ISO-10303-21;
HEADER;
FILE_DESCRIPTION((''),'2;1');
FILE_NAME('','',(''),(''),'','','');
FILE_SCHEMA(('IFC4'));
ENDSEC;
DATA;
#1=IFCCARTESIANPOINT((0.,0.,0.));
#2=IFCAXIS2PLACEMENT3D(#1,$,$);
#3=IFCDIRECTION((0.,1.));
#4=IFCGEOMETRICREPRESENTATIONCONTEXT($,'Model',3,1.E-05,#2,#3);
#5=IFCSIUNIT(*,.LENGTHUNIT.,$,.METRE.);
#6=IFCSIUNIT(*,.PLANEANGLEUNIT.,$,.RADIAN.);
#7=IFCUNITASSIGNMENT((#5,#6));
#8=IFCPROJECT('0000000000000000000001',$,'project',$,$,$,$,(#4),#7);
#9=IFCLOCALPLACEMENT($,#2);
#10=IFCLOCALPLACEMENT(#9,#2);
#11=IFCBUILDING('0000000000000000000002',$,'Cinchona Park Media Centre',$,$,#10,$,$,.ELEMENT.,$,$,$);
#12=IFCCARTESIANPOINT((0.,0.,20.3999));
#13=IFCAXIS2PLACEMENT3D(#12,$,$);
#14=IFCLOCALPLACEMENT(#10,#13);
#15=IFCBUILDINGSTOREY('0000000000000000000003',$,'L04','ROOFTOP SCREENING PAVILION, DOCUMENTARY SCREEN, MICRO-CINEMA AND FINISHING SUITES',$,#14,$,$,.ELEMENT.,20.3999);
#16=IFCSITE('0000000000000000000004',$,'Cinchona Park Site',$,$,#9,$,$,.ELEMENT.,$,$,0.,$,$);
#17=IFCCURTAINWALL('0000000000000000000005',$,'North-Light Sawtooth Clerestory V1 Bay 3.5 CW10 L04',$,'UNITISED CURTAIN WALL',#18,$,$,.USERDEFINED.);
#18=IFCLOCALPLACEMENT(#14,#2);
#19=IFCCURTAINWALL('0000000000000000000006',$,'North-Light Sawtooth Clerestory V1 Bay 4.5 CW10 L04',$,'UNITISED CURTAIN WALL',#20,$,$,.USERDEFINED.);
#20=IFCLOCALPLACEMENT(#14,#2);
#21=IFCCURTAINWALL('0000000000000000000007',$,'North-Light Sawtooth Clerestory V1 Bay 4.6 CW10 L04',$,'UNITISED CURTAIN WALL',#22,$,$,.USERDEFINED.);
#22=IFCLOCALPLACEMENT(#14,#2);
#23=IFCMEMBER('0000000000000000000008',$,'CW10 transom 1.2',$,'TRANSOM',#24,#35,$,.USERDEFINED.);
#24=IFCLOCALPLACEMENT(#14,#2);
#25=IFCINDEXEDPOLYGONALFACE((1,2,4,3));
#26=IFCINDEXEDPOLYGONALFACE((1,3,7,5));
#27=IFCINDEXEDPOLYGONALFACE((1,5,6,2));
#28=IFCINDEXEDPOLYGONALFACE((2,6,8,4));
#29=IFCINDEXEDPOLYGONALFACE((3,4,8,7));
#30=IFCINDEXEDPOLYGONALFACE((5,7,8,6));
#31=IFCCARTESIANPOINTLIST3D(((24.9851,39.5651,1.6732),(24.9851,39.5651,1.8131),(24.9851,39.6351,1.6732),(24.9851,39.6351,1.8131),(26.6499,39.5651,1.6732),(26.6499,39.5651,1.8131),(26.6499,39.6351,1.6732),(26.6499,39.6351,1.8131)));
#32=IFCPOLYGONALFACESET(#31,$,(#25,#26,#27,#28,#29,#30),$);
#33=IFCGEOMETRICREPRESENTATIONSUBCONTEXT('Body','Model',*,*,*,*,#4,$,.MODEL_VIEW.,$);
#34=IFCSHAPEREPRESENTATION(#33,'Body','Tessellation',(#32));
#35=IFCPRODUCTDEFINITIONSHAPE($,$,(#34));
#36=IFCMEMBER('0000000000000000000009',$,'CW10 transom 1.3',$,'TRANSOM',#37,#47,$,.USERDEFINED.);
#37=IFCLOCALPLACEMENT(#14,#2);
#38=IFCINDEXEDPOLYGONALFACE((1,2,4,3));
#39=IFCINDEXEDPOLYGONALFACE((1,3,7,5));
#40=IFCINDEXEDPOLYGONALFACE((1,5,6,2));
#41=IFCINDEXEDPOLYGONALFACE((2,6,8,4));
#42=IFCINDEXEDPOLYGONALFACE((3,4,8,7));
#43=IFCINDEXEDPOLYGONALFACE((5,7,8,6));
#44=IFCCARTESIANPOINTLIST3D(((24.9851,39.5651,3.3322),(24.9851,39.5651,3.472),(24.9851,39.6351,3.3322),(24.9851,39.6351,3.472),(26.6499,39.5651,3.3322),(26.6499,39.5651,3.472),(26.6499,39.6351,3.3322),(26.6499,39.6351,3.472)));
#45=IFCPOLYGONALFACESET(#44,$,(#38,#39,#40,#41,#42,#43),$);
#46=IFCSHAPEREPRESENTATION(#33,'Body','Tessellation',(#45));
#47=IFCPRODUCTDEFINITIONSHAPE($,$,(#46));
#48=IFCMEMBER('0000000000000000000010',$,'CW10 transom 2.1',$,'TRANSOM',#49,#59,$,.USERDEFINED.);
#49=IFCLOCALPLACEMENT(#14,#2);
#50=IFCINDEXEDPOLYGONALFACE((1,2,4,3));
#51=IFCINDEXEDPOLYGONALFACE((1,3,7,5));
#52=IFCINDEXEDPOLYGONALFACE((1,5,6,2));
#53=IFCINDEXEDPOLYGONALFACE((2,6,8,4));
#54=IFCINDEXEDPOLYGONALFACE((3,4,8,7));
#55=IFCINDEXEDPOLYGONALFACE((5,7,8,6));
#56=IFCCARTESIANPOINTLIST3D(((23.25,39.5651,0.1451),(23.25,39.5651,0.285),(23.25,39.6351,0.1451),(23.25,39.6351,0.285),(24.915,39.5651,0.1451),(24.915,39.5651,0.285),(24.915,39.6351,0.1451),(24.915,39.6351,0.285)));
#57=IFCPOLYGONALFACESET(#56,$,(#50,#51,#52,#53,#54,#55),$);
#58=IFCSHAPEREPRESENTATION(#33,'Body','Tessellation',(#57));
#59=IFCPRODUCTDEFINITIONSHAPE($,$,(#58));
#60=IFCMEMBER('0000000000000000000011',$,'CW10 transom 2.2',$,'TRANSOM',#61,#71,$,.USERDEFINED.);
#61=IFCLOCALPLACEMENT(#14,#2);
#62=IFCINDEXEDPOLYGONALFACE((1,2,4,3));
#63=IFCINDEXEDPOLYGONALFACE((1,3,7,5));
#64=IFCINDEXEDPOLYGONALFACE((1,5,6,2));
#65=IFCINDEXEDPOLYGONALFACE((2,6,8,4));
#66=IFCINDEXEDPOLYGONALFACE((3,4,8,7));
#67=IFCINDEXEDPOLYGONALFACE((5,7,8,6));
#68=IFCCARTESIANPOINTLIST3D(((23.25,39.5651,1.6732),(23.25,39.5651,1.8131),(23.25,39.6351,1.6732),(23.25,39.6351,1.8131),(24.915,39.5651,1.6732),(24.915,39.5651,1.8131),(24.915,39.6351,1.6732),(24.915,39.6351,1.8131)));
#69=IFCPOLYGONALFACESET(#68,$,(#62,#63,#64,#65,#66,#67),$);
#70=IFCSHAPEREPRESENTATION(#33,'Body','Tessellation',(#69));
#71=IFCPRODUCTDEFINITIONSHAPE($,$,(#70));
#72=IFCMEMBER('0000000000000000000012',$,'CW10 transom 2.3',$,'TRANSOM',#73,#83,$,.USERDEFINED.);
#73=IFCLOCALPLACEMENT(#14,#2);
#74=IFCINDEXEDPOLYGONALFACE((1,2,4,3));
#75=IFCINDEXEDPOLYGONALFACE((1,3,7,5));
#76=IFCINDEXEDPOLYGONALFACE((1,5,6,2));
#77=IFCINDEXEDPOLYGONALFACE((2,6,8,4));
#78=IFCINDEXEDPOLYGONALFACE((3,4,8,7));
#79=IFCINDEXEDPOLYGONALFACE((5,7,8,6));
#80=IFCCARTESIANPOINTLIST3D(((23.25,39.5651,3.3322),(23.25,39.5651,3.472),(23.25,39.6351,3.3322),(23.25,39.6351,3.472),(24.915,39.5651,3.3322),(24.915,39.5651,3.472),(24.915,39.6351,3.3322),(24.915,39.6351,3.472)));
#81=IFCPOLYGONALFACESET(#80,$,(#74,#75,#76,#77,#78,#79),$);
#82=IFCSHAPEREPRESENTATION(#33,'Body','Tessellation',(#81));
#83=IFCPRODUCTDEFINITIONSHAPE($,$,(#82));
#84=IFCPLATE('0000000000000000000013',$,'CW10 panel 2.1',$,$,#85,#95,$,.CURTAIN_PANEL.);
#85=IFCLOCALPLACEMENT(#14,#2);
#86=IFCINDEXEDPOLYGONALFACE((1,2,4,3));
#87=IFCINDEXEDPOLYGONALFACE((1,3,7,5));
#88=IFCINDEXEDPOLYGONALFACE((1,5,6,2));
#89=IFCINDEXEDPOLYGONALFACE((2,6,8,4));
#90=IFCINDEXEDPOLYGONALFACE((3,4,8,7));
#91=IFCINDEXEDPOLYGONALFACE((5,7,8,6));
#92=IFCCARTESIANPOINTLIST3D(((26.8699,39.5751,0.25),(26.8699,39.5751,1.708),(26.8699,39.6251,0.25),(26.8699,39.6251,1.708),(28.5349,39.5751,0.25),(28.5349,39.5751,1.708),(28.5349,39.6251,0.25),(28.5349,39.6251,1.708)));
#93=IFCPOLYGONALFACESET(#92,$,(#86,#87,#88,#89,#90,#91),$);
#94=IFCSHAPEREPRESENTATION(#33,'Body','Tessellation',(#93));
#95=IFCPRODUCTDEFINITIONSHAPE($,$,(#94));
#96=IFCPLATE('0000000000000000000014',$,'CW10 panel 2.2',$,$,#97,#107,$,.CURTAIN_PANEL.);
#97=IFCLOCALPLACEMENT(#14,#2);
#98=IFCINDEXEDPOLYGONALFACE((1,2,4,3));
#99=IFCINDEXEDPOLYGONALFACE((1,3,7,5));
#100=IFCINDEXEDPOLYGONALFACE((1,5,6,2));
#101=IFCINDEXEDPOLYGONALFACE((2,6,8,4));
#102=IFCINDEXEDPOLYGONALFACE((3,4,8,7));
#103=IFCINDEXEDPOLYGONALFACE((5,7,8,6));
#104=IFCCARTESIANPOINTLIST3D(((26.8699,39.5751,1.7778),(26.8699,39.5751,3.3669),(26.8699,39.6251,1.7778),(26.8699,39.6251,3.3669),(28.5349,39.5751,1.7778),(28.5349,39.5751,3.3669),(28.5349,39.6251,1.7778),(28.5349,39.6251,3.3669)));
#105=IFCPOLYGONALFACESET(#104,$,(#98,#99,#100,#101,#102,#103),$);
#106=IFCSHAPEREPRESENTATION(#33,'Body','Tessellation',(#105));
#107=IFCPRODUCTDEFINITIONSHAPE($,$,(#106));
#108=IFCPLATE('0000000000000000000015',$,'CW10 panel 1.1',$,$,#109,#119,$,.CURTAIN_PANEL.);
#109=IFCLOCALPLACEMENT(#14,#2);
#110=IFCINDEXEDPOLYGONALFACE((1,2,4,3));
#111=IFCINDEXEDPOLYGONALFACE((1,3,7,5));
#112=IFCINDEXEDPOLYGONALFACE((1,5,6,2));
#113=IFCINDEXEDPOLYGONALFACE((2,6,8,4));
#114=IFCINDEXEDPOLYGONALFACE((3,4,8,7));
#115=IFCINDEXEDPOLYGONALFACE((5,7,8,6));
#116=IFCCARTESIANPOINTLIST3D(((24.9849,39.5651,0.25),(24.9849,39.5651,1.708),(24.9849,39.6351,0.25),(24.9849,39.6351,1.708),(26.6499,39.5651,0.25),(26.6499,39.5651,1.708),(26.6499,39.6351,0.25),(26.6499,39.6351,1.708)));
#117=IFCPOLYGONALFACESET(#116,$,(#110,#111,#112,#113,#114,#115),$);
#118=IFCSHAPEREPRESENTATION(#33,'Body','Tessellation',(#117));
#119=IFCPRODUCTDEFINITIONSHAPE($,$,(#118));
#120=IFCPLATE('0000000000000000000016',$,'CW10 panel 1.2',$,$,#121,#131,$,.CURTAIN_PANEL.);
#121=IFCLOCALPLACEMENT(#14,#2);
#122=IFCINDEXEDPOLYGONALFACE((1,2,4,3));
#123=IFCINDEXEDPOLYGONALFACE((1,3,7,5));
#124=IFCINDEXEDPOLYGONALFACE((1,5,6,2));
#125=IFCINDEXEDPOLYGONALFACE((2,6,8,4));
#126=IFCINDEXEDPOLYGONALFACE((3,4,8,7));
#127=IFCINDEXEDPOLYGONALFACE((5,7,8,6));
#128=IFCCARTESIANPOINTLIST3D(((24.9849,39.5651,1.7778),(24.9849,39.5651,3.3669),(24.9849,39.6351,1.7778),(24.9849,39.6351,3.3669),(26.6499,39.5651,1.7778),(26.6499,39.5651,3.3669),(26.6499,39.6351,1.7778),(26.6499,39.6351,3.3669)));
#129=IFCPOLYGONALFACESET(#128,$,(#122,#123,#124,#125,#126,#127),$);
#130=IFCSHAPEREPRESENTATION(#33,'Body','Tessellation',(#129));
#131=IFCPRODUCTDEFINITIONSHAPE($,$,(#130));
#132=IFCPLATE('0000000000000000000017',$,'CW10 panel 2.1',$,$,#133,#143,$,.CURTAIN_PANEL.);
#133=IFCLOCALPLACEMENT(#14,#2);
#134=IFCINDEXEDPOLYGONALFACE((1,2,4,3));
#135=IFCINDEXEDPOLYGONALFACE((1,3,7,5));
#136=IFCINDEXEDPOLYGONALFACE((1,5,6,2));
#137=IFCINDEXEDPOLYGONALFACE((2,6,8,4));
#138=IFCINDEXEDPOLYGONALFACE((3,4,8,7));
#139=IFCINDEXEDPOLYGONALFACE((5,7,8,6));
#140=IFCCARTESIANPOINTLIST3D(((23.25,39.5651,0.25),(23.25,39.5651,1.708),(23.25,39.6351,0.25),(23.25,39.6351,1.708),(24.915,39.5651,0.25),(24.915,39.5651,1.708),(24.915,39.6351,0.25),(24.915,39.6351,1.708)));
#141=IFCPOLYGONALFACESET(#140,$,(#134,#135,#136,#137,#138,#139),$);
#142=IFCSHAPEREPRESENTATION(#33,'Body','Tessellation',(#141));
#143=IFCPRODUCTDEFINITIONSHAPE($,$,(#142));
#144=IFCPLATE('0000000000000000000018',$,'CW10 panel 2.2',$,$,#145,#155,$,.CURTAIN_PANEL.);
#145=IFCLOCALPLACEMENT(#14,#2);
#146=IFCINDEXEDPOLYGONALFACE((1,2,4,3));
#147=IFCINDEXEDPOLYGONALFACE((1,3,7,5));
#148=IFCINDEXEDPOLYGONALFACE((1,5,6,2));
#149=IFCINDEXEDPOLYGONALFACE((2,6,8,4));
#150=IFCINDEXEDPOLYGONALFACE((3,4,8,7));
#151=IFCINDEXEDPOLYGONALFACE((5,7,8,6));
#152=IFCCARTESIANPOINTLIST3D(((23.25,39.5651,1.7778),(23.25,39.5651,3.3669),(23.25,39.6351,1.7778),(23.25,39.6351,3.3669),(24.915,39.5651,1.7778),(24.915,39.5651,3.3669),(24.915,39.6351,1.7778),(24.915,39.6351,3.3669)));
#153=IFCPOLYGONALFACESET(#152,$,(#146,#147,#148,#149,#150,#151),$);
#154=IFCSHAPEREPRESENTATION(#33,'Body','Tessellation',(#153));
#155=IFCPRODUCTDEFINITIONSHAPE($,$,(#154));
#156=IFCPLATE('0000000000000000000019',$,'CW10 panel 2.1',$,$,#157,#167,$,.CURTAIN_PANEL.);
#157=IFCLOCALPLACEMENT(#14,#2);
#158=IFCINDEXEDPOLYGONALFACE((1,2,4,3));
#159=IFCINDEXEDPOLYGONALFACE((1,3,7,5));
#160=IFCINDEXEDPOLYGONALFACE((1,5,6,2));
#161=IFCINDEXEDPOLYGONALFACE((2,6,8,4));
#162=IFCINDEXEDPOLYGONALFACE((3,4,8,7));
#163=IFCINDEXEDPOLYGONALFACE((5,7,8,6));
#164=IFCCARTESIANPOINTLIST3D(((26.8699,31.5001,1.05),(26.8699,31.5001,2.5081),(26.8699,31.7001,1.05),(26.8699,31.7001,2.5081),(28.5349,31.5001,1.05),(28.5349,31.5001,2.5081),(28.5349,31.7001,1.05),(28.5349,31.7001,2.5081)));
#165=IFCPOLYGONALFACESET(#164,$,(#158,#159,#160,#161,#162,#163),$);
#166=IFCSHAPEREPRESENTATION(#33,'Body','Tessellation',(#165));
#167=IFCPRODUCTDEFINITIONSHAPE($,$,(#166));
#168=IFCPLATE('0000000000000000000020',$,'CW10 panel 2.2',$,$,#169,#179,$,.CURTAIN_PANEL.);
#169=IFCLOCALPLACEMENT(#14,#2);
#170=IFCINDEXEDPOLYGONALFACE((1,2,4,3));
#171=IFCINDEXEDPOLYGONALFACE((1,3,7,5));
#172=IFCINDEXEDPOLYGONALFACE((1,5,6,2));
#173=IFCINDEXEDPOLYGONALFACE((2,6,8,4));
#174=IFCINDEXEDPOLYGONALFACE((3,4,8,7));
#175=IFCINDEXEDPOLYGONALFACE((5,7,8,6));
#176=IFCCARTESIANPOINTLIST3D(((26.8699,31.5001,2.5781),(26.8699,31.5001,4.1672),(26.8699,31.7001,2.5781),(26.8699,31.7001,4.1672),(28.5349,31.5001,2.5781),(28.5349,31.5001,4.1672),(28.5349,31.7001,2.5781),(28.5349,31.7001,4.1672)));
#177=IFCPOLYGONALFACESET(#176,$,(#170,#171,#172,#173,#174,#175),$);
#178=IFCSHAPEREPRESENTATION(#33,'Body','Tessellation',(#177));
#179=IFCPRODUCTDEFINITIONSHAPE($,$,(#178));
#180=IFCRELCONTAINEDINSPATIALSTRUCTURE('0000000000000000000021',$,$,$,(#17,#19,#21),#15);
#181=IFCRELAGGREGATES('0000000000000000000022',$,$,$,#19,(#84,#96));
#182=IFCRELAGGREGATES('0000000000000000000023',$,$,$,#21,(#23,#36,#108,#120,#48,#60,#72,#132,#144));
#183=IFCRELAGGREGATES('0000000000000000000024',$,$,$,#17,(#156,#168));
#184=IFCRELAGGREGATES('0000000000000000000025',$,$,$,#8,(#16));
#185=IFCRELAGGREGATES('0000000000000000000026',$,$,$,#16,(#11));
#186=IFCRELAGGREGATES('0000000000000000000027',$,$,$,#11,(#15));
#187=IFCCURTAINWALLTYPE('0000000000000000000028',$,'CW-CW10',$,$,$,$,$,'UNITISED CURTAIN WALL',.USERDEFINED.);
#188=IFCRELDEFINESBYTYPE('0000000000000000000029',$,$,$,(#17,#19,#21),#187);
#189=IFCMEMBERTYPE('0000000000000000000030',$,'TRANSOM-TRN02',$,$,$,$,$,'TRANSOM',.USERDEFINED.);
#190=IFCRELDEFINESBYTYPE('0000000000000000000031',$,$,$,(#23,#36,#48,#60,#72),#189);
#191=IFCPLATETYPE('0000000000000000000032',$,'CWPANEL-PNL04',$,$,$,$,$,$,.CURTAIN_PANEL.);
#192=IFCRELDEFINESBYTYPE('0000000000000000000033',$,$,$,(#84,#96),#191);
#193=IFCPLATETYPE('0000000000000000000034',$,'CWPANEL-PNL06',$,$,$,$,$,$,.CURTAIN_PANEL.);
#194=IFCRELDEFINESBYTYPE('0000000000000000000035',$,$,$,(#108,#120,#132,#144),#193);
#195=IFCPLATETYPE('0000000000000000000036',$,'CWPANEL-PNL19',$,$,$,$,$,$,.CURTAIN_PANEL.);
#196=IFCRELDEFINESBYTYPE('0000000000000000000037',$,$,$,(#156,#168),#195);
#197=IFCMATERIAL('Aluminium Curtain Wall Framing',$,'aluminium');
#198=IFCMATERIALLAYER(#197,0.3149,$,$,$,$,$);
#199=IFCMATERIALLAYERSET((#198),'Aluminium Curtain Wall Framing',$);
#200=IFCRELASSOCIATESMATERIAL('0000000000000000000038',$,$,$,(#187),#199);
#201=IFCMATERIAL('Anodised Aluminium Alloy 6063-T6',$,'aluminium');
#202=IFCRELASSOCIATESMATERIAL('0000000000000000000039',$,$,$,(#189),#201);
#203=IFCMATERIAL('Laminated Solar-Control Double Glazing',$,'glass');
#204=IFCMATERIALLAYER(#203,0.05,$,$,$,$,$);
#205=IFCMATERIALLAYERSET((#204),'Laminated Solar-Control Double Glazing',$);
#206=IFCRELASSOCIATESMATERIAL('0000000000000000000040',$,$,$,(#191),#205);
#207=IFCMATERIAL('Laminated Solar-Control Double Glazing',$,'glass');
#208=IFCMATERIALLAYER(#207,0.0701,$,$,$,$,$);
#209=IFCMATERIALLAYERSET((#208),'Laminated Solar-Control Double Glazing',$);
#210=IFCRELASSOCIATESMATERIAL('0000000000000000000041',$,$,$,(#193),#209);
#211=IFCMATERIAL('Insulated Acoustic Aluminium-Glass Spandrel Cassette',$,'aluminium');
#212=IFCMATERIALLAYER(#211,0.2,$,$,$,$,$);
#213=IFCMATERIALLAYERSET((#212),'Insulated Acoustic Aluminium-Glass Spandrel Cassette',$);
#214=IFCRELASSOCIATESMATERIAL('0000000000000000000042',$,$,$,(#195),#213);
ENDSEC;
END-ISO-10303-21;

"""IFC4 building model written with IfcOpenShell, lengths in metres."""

from ifc_helpers import new_model, si_unit, direction, frame, origin, origin_2d, place, context, subcontext, project, spatial, rectangle, extrude, material, layer, layer_set, material_profile, profile_set, type_object, element, aggregate, save


model = new_model("IFC4")

# Units and contexts
model_context = context("Model", 3, precision=1e-05, world=origin(), true_north=direction((0.0, 1.0)))
body_context = subcontext(model_context, "Body", "Model", "MODEL_VIEW")
ifc_project = project(units=[si_unit("LENGTHUNIT", "METRE"), si_unit("PLANEANGLEUNIT", "RADIAN")], contexts=[model_context])

# Site, building, storey
site_placement = place(None, origin())
site = spatial("IfcSite", under=ifc_project, at=site_placement, Name="Cinchona Park Site", CompositionType="ELEMENT", RefElevation=0.0)
building_placement = place(site_placement, origin())
building = spatial("IfcBuilding", under=site, at=building_placement, Name="Cinchona Park Media Centre", CompositionType="ELEMENT")
storey_placement = place(building_placement, frame((0.0, 0.0, 20.3999)))
storey = spatial("IfcBuildingStorey", under=building, at=storey_placement, Name="L04", Description="ROOFTOP SCREENING PAVILION, DOCUMENTARY SCREEN, MICRO-CINEMA AND FINISHING SUITES", CompositionType="ELEMENT", Elevation=20.3999)

# Curtain walls
ifc_material_1 = material(Name="Aluminium Curtain Wall Framing", Category="aluminium")
ifc_layer_1 = layer(ifc_material_1, 0.3149)
ifc_layer_set_1 = layer_set([ifc_layer_1], Name="Aluminium Curtain Wall Framing")
curtain_wall_type = type_object("IfcCurtainWallType", Name="CW-CW10", ElementType="UNITISED CURTAIN WALL", PredefinedType="USERDEFINED", material=ifc_layer_set_1)
curtain_wall_1_placement = place(storey_placement, origin())
curtain_wall_1 = element("IfcCurtainWall", 1, at=curtain_wall_1_placement, inside=storey, type_object=curtain_wall_type, Name="North-Light Sawtooth Clerestory V1 Bay 3.5 CW10 L04", ObjectType="UNITISED CURTAIN WALL", PredefinedType="USERDEFINED")
curtain_wall_2_placement = place(storey_placement, origin())
curtain_wall_2 = element("IfcCurtainWall", 2, at=curtain_wall_2_placement, inside=storey, type_object=curtain_wall_type, Name="North-Light Sawtooth Clerestory V1 Bay 4.5 CW10 L04", ObjectType="UNITISED CURTAIN WALL", PredefinedType="USERDEFINED")

# Curtain wall
curtain_wall_3_placement = place(storey_placement, origin())
curtain_wall_3 = element("IfcCurtainWall", 3, at=curtain_wall_3_placement, inside=storey, type_object=curtain_wall_type, Name="North-Light Sawtooth Clerestory V1 Bay 4.6 CW10 L04", ObjectType="UNITISED CURTAIN WALL", PredefinedType="USERDEFINED")

# Members
ifc_material_2 = material(Name="Anodised Aluminium Alloy 6063-T6", Category="aluminium")
ifc_material_profile_1 = material_profile(ifc_material_2, rectangle(XDim=0.0701, YDim=0.1399, at=origin_2d()), Name="TRN-70X140")
ifc_profile_set_1 = profile_set([ifc_material_profile_1], Name="Anodised Aluminium Alloy 6063-T6")
member_type_1 = type_object("IfcMemberType", Name="TRANSOM-TRN02", ElementType="TRANSOM", PredefinedType="USERDEFINED", material=ifc_profile_set_1)
member_1_placement = place(storey_placement, frame((26.6499, 39.6001, 1.7432), z_axis=(-1.0, 0.0, 0.0), x_axis=(0.0, -1.0, 0.0)))
member_1 = element("IfcMember", 4, at=member_1_placement, type_object=member_type_1, Name="CW10 transom 1.2", ObjectType="TRANSOM", PredefinedType="USERDEFINED", context=body_context, shape_type="SweptSolid", body=[
    extrude(rectangle(XDim=0.0701, YDim=0.1399, at=origin_2d()), origin(), (0.0, 0.0, 1.0), 1.6648),
])
member_2_placement = place(storey_placement, frame((26.6499, 39.6001, 3.4021), z_axis=(-1.0, 0.0, 0.0), x_axis=(0.0, -1.0, 0.0)))
member_2 = element("IfcMember", 5, at=member_2_placement, type_object=member_type_1, Name="CW10 transom 1.3", ObjectType="TRANSOM", PredefinedType="USERDEFINED", context=body_context, shape_type="SweptSolid", body=[
    extrude(rectangle(XDim=0.0701, YDim=0.1399, at=origin_2d()), origin(), (0.0, 0.0, 1.0), 1.6648),
])
member_3_placement = place(storey_placement, frame((24.915, 39.6001, 0.2151), z_axis=(-1.0, 0.0, 0.0), x_axis=(0.0, -1.0, 0.0)))
member_3 = element("IfcMember", 6, at=member_3_placement, type_object=member_type_1, Name="CW10 transom 2.1", ObjectType="TRANSOM", PredefinedType="USERDEFINED", context=body_context, shape_type="SweptSolid", body=[
    extrude(rectangle(XDim=0.0701, YDim=0.1399, at=origin_2d()), origin(), (0.0, 0.0, 1.0), 1.665),
])
member_4_placement = place(storey_placement, frame((24.915, 39.6001, 1.7432), z_axis=(-1.0, 0.0, 0.0), x_axis=(0.0, -1.0, 0.0)))
member_4 = element("IfcMember", 7, at=member_4_placement, type_object=member_type_1, Name="CW10 transom 2.2", ObjectType="TRANSOM", PredefinedType="USERDEFINED", context=body_context, shape_type="SweptSolid", body=[
    extrude(rectangle(XDim=0.0701, YDim=0.1399, at=origin_2d()), origin(), (0.0, 0.0, 1.0), 1.665),
])
member_5_placement = place(storey_placement, frame((24.915, 39.6001, 3.4021), z_axis=(-1.0, 0.0, 0.0), x_axis=(0.0, -1.0, 0.0)))
member_5 = element("IfcMember", 8, at=member_5_placement, type_object=member_type_1, Name="CW10 transom 2.3", ObjectType="TRANSOM", PredefinedType="USERDEFINED", context=body_context, shape_type="SweptSolid", body=[
    extrude(rectangle(XDim=0.0701, YDim=0.1399, at=origin_2d()), origin(), (0.0, 0.0, 1.0), 1.665),
])

# Plates
ifc_material_3 = material(Name="Laminated Solar-Control Double Glazing", Category="glass")
ifc_layer_2 = layer(ifc_material_3, 0.05)
ifc_layer_set_2 = layer_set([ifc_layer_2], Name="Laminated Solar-Control Double Glazing")
plate_type_1 = type_object("IfcPlateType", Name="CWPANEL-PNL04", PredefinedType="CURTAIN_PANEL", material=ifc_layer_set_2)
plate_1_placement = place(storey_placement, frame((27.7024, 39.6001, 0.25), z_axis=(0.0, 0.0, 1.0), x_axis=(-1.0, 0.0, 0.0)))
plate_1 = element("IfcPlate", 9, at=plate_1_placement, type_object=plate_type_1, Name="CW10 panel 2.1", PredefinedType="CURTAIN_PANEL", context=body_context, shape_type="SweptSolid", body=[
    extrude(rectangle(XDim=1.665, YDim=0.05, at=origin_2d()), origin(), (0.0, 0.0, 1.0), 1.458),
])
plate_2_placement = place(storey_placement, frame((27.7024, 39.6001, 1.7778), z_axis=(0.0, 0.0, 1.0), x_axis=(-1.0, 0.0, 0.0)))
plate_2 = element("IfcPlate", 10, at=plate_2_placement, type_object=plate_type_1, Name="CW10 panel 2.2", PredefinedType="CURTAIN_PANEL", context=body_context, shape_type="SweptSolid", body=[
    extrude(rectangle(XDim=1.665, YDim=0.05, at=origin_2d()), origin(), (0.0, 0.0, 1.0), 1.5891),
])
aggregate(curtain_wall_2, [plate_1, plate_2])
ifc_material_4 = material(Name="Laminated Solar-Control Double Glazing", Category="glass")
ifc_layer_3 = layer(ifc_material_4, 0.0701)
ifc_layer_set_3 = layer_set([ifc_layer_3], Name="Laminated Solar-Control Double Glazing")
plate_type_2 = type_object("IfcPlateType", Name="CWPANEL-PNL06", PredefinedType="CURTAIN_PANEL", material=ifc_layer_set_3)
plate_3_placement = place(storey_placement, frame((25.8174, 39.6001, 0.25), z_axis=(0.0, 0.0, 1.0), x_axis=(-1.0, 0.0, 0.0)))
plate_3 = element("IfcPlate", 11, at=plate_3_placement, type_object=plate_type_2, Name="CW10 panel 1.1", PredefinedType="CURTAIN_PANEL", context=body_context, shape_type="SweptSolid", body=[
    extrude(rectangle(XDim=1.665, YDim=0.0701, at=origin_2d()), origin(), (0.0, 0.0, 1.0), 1.458),
])
plate_4_placement = place(storey_placement, frame((25.8174, 39.6001, 1.7778), z_axis=(0.0, 0.0, 1.0), x_axis=(-1.0, 0.0, 0.0)))
plate_4 = element("IfcPlate", 12, at=plate_4_placement, type_object=plate_type_2, Name="CW10 panel 1.2", PredefinedType="CURTAIN_PANEL", context=body_context, shape_type="SweptSolid", body=[
    extrude(rectangle(XDim=1.665, YDim=0.0701, at=origin_2d()), origin(), (0.0, 0.0, 1.0), 1.5891),
])
plate_5_placement = place(storey_placement, frame((24.0825, 39.6001, 0.25), z_axis=(0.0, 0.0, 1.0), x_axis=(-1.0, 0.0, 0.0)))
plate_5 = element("IfcPlate", 13, at=plate_5_placement, type_object=plate_type_2, Name="CW10 panel 2.1", PredefinedType="CURTAIN_PANEL", context=body_context, shape_type="SweptSolid", body=[
    extrude(rectangle(XDim=1.665, YDim=0.0701, at=origin_2d()), origin(), (0.0, 0.0, 1.0), 1.458),
])
plate_6_placement = place(storey_placement, frame((24.0825, 39.6001, 1.7778), z_axis=(0.0, 0.0, 1.0), x_axis=(-1.0, 0.0, 0.0)))
plate_6 = element("IfcPlate", 14, at=plate_6_placement, type_object=plate_type_2, Name="CW10 panel 2.2", PredefinedType="CURTAIN_PANEL", context=body_context, shape_type="SweptSolid", body=[
    extrude(rectangle(XDim=1.665, YDim=0.0701, at=origin_2d()), origin(), (0.0, 0.0, 1.0), 1.5891),
])
aggregate(curtain_wall_3, [member_1, member_2, plate_3, plate_4, member_3, member_4, member_5, plate_5, plate_6])
ifc_material_5 = material(Name="Insulated Acoustic Aluminium-Glass Spandrel Cassette", Category="aluminium")
ifc_layer_4 = layer(ifc_material_5, 0.2)
ifc_layer_set_4 = layer_set([ifc_layer_4], Name="Insulated Acoustic Aluminium-Glass Spandrel Cassette")
plate_type_3 = type_object("IfcPlateType", Name="CWPANEL-PNL19", PredefinedType="CURTAIN_PANEL", material=ifc_layer_set_4)
plate_7_placement = place(storey_placement, frame((27.7024, 31.6001, 1.05), z_axis=(0.0, 0.0, 1.0), x_axis=(-1.0, 0.0, 0.0)))
plate_7 = element("IfcPlate", 15, at=plate_7_placement, type_object=plate_type_3, Name="CW10 panel 2.1", PredefinedType="CURTAIN_PANEL", context=body_context, shape_type="SweptSolid", body=[
    extrude(rectangle(XDim=1.665, YDim=0.2, at=origin_2d()), origin(), (0.0, 0.0, 1.0), 1.458),
])
plate_8_placement = place(storey_placement, frame((27.7024, 31.6001, 2.5781), z_axis=(0.0, 0.0, 1.0), x_axis=(-1.0, 0.0, 0.0)))
plate_8 = element("IfcPlate", 16, at=plate_8_placement, type_object=plate_type_3, Name="CW10 panel 2.2", PredefinedType="CURTAIN_PANEL", context=body_context, shape_type="SweptSolid", body=[
    extrude(rectangle(XDim=1.665, YDim=0.2, at=origin_2d()), origin(), (0.0, 0.0, 1.0), 1.5891),
])
aggregate(curtain_wall_1, [plate_7, plate_8])

save(model, "model.ifc")
